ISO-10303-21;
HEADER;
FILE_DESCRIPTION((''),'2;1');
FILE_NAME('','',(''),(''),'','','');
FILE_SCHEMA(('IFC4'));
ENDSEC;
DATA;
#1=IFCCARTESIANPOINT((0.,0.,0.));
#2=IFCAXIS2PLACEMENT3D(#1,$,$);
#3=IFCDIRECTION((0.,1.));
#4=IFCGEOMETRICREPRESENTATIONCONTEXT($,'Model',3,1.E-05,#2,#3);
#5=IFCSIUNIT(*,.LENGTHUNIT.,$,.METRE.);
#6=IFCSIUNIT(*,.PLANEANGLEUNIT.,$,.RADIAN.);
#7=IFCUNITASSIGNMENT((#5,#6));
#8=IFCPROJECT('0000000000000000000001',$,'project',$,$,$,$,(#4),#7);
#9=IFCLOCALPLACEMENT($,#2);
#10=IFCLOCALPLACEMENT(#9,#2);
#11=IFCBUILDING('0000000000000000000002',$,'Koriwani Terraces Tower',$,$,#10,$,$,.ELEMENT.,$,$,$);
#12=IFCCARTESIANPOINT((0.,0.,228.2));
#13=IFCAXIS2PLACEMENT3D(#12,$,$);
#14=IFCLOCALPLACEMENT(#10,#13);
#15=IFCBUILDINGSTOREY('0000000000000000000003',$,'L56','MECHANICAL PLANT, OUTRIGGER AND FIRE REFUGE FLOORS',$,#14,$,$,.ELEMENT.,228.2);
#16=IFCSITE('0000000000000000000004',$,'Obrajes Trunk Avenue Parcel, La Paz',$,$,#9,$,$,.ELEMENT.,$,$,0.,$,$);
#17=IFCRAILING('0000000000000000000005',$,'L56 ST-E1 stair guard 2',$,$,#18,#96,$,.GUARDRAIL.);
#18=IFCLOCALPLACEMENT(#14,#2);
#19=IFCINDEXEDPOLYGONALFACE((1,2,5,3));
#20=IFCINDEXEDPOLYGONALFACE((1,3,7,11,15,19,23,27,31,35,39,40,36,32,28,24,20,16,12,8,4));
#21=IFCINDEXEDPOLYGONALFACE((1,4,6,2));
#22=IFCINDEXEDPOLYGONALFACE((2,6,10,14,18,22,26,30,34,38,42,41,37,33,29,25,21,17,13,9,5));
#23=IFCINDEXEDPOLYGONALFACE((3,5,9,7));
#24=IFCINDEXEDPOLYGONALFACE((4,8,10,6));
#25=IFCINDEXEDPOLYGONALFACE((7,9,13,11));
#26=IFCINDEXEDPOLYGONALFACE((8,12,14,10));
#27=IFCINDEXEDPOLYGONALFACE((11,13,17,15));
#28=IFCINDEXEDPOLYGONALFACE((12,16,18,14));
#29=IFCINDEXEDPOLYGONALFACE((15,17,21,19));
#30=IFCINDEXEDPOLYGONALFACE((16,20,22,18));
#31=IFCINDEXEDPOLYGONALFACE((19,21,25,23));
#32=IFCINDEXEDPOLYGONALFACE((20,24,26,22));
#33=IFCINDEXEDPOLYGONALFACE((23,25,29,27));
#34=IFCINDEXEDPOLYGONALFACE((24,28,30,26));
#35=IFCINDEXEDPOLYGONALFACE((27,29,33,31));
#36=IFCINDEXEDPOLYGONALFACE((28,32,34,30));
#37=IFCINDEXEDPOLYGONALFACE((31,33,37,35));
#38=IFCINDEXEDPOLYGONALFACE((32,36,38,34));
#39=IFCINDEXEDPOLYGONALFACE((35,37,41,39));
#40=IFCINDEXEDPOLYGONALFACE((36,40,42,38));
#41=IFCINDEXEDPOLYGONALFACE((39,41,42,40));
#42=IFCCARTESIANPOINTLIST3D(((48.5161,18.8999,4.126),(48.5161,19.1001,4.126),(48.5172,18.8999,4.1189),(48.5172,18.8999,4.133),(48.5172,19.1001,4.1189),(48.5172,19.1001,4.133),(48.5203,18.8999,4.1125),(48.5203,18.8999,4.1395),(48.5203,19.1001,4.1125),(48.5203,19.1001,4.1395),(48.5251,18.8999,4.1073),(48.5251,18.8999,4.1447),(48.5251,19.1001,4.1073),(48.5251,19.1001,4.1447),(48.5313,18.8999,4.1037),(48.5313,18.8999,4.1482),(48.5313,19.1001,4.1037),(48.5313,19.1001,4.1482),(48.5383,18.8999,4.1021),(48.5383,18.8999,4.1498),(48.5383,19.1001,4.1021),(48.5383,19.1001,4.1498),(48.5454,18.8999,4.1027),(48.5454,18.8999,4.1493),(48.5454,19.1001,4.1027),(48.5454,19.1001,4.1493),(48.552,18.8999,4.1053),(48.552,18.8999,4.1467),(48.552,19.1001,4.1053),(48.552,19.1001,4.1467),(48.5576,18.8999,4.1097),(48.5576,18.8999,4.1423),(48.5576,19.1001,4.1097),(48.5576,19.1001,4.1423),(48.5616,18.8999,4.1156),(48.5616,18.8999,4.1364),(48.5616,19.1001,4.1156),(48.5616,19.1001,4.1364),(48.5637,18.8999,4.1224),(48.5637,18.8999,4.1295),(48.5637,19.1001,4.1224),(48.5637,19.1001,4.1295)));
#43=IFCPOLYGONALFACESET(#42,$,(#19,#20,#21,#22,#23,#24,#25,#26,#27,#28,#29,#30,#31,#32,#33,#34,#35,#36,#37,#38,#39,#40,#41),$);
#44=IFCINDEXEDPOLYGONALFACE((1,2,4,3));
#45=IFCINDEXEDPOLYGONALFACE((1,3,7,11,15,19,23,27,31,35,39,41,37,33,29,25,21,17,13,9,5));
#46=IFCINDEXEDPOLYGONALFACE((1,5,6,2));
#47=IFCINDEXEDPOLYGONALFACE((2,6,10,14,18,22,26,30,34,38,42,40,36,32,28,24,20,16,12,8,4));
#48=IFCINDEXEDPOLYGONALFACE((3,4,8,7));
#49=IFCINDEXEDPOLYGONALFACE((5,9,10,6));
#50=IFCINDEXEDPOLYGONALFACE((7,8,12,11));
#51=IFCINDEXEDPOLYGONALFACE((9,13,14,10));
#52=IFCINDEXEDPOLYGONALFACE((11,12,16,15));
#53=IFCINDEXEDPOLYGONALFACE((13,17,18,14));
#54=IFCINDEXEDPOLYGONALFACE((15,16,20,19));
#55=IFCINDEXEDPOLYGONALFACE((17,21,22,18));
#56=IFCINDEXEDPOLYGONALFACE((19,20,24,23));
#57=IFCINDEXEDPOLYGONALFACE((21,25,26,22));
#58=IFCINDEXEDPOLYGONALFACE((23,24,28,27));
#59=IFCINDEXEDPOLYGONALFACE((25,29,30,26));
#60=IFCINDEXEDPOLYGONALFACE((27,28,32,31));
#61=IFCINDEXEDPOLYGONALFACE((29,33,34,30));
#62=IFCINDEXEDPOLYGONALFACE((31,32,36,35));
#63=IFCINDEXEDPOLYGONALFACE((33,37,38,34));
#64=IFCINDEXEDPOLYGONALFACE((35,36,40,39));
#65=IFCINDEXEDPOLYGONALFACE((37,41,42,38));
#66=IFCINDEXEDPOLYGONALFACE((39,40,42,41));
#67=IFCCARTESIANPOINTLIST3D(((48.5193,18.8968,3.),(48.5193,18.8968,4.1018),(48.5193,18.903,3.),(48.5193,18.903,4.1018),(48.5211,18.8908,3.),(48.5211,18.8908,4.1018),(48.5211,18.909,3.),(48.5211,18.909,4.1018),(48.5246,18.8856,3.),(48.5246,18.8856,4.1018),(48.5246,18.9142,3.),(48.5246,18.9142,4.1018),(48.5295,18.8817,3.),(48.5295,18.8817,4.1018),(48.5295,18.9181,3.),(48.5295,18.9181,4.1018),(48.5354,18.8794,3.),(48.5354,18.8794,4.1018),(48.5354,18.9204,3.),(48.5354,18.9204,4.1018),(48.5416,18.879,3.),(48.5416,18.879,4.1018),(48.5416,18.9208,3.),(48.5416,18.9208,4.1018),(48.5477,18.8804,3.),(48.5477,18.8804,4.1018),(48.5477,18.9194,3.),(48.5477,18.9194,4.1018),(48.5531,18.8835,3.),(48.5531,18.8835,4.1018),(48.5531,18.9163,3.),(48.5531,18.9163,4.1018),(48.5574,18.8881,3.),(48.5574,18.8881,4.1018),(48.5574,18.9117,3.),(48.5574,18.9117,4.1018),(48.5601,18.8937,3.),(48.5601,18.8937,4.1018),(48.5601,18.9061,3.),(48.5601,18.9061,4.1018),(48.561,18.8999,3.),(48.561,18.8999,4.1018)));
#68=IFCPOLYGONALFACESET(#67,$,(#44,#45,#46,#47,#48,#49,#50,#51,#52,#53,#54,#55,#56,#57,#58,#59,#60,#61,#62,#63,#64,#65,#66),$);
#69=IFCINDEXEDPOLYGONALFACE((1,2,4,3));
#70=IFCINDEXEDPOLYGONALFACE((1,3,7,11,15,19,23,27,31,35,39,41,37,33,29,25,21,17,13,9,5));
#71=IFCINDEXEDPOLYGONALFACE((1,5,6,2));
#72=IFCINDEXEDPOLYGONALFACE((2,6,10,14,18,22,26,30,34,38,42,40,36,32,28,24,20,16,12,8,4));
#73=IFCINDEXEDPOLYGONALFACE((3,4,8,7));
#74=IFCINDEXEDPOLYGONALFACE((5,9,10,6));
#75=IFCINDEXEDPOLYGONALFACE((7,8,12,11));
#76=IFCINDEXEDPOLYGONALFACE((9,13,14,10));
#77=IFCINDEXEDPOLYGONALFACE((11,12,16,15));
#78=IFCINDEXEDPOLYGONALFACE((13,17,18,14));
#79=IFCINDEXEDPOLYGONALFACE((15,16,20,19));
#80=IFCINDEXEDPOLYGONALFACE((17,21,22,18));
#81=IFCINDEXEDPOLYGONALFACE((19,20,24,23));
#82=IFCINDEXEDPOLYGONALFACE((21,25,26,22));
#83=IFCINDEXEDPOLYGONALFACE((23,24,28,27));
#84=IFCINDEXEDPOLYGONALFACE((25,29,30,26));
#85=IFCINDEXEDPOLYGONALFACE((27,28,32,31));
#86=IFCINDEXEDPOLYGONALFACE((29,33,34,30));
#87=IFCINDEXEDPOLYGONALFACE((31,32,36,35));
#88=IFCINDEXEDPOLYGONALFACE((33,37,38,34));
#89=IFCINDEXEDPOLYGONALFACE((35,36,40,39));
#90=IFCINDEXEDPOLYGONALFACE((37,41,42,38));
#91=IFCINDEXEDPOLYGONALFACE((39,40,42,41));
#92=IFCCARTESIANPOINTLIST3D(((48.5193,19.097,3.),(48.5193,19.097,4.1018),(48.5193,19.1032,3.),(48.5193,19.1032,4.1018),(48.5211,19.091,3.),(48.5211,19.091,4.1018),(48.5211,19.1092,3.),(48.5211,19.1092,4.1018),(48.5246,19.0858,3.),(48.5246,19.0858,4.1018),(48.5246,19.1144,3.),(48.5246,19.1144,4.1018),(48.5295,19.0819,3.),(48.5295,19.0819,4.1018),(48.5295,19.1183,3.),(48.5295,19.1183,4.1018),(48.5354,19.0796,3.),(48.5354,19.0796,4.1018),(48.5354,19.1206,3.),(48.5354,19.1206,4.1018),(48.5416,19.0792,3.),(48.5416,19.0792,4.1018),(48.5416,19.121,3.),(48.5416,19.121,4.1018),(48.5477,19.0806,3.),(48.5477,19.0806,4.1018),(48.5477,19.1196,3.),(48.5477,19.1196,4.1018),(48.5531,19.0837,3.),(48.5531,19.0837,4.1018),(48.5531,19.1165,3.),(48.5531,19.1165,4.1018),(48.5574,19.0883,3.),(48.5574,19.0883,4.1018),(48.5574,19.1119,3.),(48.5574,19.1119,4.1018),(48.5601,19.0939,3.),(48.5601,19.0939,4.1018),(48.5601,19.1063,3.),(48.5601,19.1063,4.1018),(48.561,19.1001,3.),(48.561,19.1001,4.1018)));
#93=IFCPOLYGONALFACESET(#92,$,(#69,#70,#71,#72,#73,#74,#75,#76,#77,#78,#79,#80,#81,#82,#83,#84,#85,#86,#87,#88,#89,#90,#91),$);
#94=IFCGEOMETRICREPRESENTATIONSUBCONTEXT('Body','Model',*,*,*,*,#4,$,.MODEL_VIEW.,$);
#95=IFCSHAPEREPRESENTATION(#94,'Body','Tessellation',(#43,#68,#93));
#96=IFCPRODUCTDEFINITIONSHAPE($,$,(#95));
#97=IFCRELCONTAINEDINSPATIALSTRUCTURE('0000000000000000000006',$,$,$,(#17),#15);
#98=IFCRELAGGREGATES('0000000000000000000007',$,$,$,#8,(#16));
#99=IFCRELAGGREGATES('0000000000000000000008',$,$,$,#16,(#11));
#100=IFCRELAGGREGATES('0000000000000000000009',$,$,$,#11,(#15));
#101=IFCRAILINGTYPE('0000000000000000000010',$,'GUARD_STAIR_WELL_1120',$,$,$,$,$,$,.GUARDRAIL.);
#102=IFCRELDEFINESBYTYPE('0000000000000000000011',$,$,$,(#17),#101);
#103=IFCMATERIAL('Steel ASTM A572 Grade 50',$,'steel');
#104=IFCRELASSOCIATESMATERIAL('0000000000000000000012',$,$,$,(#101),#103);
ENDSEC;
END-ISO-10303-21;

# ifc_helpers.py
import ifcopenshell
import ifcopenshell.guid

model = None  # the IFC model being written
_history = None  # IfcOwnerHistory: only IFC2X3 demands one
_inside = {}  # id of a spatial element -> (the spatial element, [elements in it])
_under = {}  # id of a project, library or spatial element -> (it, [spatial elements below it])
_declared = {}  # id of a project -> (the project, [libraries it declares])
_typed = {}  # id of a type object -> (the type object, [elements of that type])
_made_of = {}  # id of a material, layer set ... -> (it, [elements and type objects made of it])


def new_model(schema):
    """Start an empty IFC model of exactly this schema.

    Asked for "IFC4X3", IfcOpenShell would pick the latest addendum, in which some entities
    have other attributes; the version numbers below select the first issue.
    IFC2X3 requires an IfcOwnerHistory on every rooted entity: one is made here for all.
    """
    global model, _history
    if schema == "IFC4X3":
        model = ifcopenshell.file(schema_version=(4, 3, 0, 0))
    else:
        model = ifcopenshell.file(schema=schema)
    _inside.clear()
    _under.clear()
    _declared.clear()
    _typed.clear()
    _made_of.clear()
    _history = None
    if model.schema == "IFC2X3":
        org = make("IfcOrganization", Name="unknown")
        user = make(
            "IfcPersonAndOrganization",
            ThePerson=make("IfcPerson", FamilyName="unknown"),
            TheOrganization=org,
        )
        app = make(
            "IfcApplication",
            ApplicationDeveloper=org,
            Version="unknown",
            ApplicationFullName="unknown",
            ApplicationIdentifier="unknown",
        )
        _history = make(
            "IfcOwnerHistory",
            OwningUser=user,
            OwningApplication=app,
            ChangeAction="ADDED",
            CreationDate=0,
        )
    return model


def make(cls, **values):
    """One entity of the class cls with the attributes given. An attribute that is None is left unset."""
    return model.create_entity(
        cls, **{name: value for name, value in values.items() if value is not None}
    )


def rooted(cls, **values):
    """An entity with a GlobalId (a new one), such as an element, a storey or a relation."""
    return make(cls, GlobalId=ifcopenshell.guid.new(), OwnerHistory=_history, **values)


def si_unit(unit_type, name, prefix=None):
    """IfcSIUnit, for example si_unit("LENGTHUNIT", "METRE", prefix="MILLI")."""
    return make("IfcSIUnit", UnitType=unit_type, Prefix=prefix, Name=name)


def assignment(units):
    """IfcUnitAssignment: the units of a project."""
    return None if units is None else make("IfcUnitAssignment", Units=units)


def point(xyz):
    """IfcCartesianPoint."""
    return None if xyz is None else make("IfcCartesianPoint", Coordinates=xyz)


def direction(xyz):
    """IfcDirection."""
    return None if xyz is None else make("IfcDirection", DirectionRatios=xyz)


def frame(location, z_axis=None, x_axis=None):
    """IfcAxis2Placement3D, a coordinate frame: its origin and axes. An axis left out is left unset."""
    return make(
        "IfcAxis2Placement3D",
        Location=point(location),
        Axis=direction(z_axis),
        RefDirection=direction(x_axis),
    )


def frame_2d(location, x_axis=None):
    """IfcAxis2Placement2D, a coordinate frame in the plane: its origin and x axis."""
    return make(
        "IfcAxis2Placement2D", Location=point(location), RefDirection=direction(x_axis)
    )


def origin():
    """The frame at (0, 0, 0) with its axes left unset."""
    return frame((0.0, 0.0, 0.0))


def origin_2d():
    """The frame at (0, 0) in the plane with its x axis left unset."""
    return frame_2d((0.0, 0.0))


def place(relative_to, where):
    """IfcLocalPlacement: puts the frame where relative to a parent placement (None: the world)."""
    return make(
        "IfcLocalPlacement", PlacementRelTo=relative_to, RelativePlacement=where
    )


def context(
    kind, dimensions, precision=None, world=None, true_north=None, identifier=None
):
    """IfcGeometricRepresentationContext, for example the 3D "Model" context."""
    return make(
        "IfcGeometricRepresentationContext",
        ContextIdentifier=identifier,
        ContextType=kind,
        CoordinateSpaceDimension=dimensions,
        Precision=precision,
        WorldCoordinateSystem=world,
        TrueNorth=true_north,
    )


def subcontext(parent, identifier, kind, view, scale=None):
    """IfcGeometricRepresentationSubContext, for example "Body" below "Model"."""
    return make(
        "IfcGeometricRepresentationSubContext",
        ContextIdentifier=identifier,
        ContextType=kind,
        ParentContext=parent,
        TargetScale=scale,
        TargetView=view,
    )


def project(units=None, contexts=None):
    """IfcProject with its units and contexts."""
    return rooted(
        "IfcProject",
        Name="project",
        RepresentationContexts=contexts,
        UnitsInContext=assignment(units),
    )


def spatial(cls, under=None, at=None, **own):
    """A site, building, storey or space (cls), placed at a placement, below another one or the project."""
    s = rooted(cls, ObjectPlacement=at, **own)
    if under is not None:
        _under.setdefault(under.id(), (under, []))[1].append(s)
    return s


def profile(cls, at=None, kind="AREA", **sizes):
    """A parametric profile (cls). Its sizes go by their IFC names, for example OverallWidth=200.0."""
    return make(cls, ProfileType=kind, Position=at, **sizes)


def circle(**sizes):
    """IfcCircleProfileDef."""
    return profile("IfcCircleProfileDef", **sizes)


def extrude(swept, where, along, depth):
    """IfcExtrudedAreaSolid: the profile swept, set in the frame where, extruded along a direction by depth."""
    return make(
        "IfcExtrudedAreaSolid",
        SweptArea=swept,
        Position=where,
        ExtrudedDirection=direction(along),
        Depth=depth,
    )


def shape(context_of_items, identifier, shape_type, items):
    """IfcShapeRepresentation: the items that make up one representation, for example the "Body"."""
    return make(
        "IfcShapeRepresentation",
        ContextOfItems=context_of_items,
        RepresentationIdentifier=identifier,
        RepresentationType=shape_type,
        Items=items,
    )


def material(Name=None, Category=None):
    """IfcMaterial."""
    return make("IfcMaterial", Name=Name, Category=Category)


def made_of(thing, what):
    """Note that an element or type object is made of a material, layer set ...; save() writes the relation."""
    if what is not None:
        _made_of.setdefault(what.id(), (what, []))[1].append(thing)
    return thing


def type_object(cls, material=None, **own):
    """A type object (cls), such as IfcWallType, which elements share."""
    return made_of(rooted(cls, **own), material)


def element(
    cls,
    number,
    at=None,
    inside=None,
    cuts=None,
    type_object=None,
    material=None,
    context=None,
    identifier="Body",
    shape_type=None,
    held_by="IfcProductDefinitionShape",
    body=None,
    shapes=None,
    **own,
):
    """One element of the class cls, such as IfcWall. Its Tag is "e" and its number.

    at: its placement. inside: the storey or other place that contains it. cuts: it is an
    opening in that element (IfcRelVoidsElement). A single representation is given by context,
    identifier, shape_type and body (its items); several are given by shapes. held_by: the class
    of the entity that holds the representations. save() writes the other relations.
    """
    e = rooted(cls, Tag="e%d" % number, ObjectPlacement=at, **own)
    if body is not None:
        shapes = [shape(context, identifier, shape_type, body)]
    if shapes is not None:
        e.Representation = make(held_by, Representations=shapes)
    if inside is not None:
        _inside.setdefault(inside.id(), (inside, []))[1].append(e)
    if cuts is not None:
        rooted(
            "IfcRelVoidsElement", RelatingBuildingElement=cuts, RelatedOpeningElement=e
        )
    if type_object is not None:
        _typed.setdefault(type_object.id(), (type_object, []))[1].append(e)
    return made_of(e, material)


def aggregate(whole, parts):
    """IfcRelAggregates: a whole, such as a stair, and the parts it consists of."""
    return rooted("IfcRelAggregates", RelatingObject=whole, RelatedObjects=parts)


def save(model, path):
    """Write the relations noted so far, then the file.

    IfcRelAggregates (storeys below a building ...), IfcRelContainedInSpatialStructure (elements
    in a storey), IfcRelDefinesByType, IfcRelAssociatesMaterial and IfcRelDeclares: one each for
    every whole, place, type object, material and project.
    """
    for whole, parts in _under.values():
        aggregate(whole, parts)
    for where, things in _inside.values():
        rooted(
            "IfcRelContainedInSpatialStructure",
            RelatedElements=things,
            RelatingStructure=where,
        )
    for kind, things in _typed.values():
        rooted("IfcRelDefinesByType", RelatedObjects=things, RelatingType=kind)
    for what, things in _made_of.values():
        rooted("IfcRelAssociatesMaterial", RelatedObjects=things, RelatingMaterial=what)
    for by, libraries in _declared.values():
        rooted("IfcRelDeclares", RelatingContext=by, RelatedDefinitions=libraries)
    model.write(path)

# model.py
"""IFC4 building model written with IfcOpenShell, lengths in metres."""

from ifc_helpers import new_model, si_unit, direction, frame, origin, origin_2d, place, context, subcontext, project, spatial, circle, extrude, material, type_object, element, save


model = new_model("IFC4")

# Units and contexts
model_context = context("Model", 3, precision=1e-05, world=origin(), true_north=direction((0.0, 1.0)))
body_context = subcontext(model_context, "Body", "Model", "MODEL_VIEW")
ifc_project = project(units=[si_unit("LENGTHUNIT", "METRE"), si_unit("PLANEANGLEUNIT", "RADIAN")], contexts=[model_context])

# Site, building, storey
site_placement = place(None, origin())
site = spatial("IfcSite", under=ifc_project, at=site_placement, Name="Obrajes Trunk Avenue Parcel, La Paz", CompositionType="ELEMENT", RefElevation=0.0)
building_placement = place(site_placement, origin())
building = spatial("IfcBuilding", under=site, at=building_placement, Name="Koriwani Terraces Tower", CompositionType="ELEMENT")
storey_placement = place(building_placement, frame((0.0, 0.0, 228.2)))
storey = spatial("IfcBuildingStorey", under=building, at=storey_placement, Name="L56", Description="MECHANICAL PLANT, OUTRIGGER AND FIRE REFUGE FLOORS", CompositionType="ELEMENT", Elevation=228.2)

# Shared definitions
ifc_material_1 = material(Name="Steel ASTM A572 Grade 50", Category="steel")

# Railing
railing_type_1 = type_object("IfcRailingType", Name="GUARD_STAIR_WELL_1120", PredefinedType="GUARDRAIL", material=ifc_material_1)
railing_1_placement = place(storey_placement, frame((48.54, 18.8999, 3.0)))
element("IfcRailing", 1, at=railing_1_placement, inside=storey, type_object=railing_type_1, Name="L56 ST-E1 stair guard 2", PredefinedType="GUARDRAIL", context=body_context, shape_type="SweptSolid", body=[
    extrude(circle(Radius=0.0239, at=origin_2d()), frame((0.0, 0.0, 1.126), z_axis=(0.0, 1.0, 0.0), x_axis=(-1.0, 0.0, 0.0)), (0.0, 0.0, 1.0), 0.2002),
    extrude(circle(Radius=0.021, at=origin_2d()), origin(), (0.0, 0.0, 1.0), 1.1018),
    extrude(circle(Radius=0.021, at=origin_2d()), frame((0.0, 0.2002, 0.0)), (0.0, 0.0, 1.0), 1.1018),
])

save(model, "model.ifc")
